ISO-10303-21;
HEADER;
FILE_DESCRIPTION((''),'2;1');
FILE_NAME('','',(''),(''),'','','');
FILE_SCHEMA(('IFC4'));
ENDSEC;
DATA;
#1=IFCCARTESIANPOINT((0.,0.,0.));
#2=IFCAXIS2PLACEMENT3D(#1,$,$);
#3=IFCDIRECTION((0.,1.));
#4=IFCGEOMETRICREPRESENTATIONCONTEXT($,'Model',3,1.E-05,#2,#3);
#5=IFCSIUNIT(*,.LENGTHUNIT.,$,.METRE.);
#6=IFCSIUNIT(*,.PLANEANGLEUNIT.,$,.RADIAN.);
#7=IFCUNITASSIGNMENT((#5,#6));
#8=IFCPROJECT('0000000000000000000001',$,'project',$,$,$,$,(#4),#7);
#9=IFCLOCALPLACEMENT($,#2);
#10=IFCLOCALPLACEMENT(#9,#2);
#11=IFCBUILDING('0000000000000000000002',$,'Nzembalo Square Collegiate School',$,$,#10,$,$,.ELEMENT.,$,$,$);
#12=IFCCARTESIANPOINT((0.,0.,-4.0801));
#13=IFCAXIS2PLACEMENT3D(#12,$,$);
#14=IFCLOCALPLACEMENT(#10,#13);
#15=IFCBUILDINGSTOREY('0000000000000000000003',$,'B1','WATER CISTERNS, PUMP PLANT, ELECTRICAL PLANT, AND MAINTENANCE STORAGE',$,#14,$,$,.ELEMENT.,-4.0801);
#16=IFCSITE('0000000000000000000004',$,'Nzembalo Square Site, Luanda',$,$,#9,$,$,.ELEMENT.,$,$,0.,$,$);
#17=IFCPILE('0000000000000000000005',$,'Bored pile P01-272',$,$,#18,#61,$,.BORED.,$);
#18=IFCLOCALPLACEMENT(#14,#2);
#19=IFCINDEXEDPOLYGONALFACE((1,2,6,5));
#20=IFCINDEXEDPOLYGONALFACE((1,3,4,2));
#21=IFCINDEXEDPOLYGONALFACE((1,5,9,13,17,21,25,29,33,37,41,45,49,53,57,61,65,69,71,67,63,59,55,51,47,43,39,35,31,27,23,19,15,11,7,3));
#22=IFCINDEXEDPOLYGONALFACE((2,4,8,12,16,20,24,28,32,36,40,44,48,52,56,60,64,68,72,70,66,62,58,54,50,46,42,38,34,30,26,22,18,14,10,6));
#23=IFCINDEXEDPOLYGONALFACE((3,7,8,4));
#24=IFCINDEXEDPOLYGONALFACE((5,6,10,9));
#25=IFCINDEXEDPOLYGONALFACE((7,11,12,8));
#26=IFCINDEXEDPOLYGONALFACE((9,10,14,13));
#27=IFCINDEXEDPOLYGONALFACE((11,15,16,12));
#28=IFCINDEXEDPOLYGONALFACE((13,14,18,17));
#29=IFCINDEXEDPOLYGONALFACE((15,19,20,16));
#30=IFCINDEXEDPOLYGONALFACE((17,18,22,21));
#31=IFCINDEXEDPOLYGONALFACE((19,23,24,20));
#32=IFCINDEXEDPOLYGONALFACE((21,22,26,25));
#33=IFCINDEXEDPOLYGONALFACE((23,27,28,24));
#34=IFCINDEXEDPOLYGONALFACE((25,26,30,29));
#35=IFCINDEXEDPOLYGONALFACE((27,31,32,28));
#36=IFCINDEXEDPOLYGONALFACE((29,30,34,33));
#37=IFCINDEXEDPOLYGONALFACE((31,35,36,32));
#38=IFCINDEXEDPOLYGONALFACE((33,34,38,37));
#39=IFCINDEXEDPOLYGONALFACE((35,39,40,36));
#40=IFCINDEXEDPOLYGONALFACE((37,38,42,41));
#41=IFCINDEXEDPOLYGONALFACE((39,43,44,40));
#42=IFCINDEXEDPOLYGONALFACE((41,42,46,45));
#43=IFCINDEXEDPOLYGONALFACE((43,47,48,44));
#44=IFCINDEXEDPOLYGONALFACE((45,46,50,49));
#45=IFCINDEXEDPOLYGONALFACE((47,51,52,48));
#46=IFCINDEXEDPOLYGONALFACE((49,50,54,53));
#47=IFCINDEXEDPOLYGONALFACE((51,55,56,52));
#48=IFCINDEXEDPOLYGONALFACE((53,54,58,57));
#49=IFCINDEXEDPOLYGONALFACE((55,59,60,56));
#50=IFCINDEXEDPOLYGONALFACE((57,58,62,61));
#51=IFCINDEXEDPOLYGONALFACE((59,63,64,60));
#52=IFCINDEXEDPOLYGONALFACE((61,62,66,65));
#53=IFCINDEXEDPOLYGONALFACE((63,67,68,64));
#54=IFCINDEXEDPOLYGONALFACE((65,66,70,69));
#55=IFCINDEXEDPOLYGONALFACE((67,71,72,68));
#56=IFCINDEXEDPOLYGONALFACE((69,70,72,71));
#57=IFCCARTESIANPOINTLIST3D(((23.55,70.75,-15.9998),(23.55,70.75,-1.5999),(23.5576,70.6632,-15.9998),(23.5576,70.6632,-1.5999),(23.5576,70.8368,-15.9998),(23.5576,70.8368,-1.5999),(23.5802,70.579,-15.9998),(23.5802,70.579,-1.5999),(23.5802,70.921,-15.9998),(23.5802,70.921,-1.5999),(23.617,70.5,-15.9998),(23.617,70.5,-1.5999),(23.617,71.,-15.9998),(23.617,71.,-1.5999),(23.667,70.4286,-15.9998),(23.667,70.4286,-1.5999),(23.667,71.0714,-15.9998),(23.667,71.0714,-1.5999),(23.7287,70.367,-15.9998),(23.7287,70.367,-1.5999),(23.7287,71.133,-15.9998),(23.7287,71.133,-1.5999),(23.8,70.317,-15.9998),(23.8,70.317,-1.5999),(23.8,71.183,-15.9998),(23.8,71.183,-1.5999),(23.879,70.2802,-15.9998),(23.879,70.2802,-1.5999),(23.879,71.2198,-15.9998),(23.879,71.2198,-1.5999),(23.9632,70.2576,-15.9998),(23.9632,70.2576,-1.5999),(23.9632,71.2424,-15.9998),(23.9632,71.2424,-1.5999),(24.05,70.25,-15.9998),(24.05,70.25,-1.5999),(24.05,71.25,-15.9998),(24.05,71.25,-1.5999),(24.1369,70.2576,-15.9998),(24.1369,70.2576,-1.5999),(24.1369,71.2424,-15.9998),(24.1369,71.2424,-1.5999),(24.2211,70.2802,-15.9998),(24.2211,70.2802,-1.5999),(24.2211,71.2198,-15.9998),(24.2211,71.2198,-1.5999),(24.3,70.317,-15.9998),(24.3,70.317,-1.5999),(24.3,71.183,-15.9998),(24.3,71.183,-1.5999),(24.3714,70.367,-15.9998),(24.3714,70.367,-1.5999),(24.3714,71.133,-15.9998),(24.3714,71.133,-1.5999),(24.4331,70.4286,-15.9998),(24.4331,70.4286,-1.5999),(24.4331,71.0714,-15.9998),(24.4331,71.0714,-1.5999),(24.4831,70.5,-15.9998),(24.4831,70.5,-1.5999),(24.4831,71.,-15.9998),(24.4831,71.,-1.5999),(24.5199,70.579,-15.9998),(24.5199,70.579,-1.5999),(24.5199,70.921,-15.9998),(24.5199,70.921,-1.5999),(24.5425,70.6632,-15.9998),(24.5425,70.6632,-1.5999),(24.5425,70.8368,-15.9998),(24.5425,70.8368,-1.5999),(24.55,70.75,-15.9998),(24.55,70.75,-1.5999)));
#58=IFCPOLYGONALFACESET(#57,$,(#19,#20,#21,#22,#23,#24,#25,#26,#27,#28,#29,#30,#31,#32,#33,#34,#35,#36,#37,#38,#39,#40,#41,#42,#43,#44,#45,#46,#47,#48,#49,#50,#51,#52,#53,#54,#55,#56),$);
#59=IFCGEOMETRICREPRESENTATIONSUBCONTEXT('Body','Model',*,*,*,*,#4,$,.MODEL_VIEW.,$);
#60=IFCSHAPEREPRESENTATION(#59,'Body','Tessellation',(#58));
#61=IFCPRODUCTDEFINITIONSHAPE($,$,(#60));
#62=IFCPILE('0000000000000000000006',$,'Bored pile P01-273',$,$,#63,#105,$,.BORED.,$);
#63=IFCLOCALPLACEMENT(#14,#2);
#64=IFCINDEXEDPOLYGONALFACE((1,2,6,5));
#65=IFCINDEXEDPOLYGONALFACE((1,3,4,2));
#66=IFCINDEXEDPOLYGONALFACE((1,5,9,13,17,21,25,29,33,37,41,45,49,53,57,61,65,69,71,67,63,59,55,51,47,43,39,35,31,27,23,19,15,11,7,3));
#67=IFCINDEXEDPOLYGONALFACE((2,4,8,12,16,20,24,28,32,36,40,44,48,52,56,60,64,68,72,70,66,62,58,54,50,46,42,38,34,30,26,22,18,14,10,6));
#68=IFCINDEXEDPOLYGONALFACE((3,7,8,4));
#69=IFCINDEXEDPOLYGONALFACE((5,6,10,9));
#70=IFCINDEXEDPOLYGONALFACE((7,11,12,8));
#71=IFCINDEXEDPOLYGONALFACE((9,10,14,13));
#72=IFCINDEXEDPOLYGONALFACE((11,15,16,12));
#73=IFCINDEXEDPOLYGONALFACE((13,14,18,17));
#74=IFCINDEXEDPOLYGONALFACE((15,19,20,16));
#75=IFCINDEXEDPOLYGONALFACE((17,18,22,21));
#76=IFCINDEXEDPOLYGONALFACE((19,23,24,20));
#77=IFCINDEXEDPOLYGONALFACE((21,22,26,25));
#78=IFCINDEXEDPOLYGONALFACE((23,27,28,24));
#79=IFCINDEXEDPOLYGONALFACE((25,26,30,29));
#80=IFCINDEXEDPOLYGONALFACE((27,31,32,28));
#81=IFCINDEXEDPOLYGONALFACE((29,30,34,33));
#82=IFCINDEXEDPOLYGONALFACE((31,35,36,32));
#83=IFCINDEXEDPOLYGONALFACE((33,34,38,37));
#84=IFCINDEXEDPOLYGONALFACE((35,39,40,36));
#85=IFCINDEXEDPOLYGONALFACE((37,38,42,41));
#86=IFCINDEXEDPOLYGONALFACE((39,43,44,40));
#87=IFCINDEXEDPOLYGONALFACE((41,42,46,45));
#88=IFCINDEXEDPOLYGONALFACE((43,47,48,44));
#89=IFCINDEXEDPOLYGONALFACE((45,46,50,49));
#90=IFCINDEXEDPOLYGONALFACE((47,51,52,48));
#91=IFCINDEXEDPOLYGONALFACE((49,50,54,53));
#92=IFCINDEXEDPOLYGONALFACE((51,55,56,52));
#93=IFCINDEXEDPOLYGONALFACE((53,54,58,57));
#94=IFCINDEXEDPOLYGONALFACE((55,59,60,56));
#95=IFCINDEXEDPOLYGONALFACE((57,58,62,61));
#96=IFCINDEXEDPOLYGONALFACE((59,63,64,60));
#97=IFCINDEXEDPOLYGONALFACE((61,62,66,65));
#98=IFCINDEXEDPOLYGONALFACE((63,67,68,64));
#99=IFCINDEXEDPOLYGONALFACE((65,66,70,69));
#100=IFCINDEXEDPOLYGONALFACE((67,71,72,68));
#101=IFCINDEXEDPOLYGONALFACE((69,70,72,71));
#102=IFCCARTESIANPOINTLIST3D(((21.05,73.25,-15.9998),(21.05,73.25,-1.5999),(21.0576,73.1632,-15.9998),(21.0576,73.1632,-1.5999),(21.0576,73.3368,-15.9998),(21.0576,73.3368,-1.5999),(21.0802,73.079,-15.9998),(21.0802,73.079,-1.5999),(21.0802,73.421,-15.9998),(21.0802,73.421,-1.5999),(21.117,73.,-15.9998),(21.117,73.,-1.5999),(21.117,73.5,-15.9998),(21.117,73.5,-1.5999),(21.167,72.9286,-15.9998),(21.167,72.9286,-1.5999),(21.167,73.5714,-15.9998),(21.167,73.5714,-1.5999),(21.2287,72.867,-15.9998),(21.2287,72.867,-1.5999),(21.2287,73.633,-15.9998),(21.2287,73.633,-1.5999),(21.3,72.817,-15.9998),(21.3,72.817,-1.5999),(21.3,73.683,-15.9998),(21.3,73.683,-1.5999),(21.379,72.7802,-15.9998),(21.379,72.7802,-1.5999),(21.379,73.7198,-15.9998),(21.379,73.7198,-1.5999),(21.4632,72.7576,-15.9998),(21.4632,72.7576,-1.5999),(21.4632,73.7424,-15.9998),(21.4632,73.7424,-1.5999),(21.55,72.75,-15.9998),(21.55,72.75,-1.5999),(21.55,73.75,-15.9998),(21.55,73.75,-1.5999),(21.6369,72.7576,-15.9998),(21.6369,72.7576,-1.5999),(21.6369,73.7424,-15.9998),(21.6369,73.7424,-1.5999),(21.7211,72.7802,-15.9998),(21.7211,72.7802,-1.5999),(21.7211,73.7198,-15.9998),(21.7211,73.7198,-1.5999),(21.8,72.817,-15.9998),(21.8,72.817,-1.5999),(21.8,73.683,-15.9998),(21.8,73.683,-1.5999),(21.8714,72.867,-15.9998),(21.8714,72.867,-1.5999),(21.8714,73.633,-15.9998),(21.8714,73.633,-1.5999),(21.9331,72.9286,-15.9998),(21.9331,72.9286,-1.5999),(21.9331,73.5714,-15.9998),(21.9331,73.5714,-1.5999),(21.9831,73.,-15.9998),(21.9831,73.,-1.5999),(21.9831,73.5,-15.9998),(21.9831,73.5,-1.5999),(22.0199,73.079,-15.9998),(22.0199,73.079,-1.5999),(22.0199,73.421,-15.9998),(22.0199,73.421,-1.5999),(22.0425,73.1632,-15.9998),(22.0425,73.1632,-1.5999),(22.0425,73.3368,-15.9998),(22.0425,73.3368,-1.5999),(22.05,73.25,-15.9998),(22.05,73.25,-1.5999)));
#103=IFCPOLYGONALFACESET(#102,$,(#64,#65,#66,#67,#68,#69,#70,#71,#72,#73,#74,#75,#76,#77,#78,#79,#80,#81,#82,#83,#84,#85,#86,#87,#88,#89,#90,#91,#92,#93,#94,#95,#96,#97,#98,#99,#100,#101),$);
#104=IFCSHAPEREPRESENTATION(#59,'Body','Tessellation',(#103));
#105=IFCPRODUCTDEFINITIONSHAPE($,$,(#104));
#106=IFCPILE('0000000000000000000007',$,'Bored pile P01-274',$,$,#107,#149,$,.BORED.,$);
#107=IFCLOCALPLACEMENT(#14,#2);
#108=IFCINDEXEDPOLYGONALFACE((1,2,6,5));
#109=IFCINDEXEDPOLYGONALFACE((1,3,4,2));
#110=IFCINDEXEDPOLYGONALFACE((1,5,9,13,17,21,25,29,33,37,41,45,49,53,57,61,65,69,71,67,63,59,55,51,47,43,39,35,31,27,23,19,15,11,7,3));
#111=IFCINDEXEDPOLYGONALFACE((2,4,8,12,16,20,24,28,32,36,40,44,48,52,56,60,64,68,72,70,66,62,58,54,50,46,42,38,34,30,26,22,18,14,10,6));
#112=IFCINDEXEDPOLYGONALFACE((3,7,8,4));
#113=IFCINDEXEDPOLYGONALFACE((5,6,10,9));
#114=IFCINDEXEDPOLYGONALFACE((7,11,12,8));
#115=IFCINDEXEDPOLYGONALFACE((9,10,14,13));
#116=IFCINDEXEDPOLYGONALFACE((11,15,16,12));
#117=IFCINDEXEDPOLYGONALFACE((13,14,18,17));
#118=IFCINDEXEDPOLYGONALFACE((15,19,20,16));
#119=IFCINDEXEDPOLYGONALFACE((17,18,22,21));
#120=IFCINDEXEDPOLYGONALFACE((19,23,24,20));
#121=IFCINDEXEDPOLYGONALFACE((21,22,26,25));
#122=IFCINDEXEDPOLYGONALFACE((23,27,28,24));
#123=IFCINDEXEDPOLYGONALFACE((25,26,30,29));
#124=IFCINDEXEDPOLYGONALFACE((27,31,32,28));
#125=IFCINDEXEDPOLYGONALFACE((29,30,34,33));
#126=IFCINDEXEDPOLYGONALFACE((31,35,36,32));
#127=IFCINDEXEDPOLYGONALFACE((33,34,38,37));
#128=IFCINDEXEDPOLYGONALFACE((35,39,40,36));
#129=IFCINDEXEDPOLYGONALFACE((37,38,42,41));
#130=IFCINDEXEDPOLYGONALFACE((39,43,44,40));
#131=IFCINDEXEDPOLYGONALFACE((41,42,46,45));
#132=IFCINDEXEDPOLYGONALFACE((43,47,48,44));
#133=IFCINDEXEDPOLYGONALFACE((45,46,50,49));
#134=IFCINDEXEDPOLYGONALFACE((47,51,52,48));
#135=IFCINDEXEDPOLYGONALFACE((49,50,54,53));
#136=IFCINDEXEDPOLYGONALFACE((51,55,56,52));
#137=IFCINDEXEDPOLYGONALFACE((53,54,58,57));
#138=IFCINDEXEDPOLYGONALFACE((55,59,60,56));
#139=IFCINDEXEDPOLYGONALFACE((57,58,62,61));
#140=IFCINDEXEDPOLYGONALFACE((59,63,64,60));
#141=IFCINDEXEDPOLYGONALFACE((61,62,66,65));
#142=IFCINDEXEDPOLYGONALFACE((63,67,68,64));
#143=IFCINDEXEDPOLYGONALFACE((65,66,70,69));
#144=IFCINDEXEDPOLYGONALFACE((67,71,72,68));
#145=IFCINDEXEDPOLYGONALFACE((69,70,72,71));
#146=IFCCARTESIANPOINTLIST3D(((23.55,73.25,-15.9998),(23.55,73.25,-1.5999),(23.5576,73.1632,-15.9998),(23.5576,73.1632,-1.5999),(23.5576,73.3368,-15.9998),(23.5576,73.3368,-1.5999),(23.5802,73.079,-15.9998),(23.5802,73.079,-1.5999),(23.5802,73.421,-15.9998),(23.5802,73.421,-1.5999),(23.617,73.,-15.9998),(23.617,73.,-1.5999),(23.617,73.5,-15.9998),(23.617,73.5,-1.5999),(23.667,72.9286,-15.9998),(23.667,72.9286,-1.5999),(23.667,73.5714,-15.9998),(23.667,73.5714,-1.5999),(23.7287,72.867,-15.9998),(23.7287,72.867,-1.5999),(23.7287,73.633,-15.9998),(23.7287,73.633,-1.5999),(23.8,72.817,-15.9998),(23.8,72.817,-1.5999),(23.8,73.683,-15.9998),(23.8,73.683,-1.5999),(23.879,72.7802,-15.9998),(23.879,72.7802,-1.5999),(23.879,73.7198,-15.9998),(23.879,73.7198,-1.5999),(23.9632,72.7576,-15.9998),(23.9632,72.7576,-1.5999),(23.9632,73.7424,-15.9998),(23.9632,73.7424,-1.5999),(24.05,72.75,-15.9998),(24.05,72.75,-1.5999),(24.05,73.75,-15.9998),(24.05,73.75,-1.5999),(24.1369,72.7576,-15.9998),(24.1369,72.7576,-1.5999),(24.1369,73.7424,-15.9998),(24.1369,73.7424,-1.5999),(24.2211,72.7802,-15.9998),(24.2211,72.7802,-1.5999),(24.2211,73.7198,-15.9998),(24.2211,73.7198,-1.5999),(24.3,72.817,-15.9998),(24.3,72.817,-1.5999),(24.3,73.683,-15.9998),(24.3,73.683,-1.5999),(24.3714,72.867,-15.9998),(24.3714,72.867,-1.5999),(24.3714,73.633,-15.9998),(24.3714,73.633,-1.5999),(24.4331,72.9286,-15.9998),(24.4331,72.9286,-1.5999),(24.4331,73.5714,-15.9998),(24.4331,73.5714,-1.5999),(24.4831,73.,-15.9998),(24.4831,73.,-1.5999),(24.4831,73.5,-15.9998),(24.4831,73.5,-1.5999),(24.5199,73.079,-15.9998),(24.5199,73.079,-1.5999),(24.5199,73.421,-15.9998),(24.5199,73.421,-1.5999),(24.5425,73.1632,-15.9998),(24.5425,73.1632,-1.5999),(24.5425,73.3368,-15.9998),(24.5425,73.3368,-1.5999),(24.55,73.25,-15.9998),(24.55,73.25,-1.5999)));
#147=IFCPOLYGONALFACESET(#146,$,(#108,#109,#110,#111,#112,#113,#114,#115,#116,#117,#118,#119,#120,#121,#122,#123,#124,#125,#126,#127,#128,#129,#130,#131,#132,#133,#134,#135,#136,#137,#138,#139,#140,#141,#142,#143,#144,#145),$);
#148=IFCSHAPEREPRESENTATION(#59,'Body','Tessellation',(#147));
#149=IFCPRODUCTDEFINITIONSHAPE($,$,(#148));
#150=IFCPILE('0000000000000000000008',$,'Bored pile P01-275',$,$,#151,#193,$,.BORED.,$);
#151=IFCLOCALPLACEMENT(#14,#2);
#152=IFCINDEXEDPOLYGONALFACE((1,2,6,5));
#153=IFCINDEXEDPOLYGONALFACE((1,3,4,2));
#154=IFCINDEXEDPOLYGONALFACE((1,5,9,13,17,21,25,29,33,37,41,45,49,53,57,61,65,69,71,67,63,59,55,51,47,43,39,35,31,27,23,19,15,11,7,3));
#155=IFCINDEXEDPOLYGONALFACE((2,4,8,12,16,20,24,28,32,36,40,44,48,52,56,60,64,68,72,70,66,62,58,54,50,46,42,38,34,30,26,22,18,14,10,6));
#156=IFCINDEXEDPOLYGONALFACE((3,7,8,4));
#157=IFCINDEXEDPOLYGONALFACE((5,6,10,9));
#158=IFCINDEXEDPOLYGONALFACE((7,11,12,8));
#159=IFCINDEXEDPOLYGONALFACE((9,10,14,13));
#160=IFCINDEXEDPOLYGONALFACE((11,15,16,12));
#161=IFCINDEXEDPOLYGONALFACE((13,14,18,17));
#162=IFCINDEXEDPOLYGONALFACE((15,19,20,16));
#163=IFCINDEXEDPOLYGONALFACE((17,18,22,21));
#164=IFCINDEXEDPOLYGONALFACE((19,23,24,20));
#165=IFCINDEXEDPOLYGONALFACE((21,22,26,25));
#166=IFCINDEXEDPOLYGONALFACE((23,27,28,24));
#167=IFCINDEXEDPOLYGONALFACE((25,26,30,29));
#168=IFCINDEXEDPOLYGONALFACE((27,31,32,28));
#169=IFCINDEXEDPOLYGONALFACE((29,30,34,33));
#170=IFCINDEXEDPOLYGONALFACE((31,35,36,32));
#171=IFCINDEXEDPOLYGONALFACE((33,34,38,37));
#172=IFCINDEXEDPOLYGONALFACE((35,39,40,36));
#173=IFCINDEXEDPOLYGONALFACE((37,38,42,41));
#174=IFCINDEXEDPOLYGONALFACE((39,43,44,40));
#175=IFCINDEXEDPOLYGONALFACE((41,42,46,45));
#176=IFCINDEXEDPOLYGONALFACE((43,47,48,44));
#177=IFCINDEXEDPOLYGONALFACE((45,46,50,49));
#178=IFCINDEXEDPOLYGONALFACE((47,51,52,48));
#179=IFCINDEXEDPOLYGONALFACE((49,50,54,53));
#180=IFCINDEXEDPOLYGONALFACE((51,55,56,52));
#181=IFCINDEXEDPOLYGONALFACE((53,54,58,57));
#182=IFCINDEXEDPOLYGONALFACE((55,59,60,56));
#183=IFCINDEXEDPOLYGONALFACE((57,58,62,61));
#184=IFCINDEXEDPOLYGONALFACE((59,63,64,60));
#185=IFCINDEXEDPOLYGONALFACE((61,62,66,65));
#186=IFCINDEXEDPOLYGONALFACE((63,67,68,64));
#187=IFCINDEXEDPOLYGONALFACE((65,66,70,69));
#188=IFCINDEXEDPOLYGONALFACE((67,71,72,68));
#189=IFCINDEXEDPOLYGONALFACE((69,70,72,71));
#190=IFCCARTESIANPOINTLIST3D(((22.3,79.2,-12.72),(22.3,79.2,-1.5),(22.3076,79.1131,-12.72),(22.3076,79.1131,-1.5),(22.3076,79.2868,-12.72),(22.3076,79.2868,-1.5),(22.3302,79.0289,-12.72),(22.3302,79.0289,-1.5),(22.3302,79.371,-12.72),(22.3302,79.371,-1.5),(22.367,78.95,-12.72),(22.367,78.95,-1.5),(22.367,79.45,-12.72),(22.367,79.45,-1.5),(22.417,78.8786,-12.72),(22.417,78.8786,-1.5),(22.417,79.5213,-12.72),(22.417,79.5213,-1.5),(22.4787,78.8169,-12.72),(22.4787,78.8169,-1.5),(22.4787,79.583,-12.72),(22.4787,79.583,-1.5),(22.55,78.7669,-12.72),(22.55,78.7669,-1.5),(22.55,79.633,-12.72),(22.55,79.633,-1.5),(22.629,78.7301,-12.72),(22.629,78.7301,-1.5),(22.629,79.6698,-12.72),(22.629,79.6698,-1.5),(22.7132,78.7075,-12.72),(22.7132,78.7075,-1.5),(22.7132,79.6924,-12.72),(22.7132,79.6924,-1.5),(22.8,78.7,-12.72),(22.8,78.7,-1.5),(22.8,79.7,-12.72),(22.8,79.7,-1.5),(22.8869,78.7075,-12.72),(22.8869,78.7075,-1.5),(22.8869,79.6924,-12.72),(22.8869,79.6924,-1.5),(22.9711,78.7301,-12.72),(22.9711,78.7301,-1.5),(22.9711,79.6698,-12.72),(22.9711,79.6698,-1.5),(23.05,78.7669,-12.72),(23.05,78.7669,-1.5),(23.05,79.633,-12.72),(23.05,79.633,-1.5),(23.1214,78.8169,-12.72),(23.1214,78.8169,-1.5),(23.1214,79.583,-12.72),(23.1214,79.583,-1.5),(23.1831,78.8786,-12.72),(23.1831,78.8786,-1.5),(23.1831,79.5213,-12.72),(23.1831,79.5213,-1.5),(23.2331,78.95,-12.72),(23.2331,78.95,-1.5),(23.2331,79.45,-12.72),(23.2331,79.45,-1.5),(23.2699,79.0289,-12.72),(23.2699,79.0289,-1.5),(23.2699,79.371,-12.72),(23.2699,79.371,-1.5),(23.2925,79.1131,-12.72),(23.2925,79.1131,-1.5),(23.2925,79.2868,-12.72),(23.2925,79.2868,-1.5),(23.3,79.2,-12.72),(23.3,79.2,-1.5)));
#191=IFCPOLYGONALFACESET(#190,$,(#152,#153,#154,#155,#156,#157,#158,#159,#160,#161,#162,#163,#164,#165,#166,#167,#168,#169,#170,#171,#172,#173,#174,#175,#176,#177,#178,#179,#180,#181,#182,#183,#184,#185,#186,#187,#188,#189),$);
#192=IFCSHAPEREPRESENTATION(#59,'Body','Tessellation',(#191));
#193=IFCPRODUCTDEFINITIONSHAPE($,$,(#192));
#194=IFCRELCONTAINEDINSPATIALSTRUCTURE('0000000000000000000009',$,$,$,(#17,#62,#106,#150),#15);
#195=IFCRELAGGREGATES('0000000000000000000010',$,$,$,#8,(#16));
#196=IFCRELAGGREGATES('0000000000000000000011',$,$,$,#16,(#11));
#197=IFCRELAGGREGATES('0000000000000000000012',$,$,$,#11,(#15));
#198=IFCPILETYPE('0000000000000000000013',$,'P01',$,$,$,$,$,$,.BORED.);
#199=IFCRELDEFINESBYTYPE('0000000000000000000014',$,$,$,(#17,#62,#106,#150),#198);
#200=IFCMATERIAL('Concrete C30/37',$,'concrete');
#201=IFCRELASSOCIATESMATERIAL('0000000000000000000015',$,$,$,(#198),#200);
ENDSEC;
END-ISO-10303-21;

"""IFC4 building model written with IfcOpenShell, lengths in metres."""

from ifc_helpers import new_model, si_unit, direction, frame, origin, origin_2d, place, context, subcontext, project, spatial, circle, extrude, material, material_profile, profile_set, type_object, element, save


model = new_model("IFC4")

# Units and contexts
model_context = context("Model", 3, precision=1e-05, world=origin(), true_north=direction((0.0, 1.0)))
body_context = subcontext(model_context, "Body", "Model", "MODEL_VIEW")
ifc_project = project(units=[si_unit("LENGTHUNIT", "METRE"), si_unit("PLANEANGLEUNIT", "RADIAN")], contexts=[model_context])

# Site, building, storey
site_placement = place(None, origin())
site = spatial("IfcSite", under=ifc_project, at=site_placement, Name="Nzembalo Square Site, Luanda", CompositionType="ELEMENT", RefElevation=0.0)
building_placement = place(site_placement, origin())
building = spatial("IfcBuilding", under=site, at=building_placement, Name="Nzembalo Square Collegiate School", CompositionType="ELEMENT")
storey_placement = place(building_placement, frame((0.0, 0.0, -4.0801)))
storey = spatial("IfcBuildingStorey", under=building, at=storey_placement, Name="B1", Description="WATER CISTERNS, PUMP PLANT, ELECTRICAL PLANT, AND MAINTENANCE STORAGE", CompositionType="ELEMENT", Elevation=-4.0801)

# Piles
ifc_material_1 = material(Name="Concrete C30/37", Category="concrete")
ifc_material_profile_1 = material_profile(ifc_material_1, circle(Radius=0.5, at=origin_2d()), Name="PILE D1000")
ifc_profile_set_1 = profile_set([ifc_material_profile_1], Name="Concrete C30/37")
pile_type = type_object("IfcPileType", Name="P01", PredefinedType="BORED", material=ifc_profile_set_1)
for number, where, z_axis, x_axis, name in (
    (1, (24.05, 70.75, -1.5999), (0.0, 0.0, -1.0), (1.0, 0.0, 0.0), "Bored pile P01-272"),
    (2, (21.55, 73.25, -1.5999), (0.0, 0.0, -1.0), (1.0, 0.0, 0.0), "Bored pile P01-273"),
    (3, (24.05, 73.25, -1.5999), (0.0, 0.0, -1.0), (1.0, 0.0, 0.0), "Bored pile P01-274"),
):
    element("IfcPile", number, at=place(storey_placement, frame(where, z_axis=z_axis, x_axis=x_axis)), inside=storey, type_object=pile_type, Name=name, PredefinedType="BORED", context=body_context, shape_type="SweptSolid", body=[
        extrude(circle(Radius=0.5, at=origin_2d()), origin(), (0.0, 0.0, 1.0), 14.3999),
    ])
for number, where, z_axis, x_axis, name in (
    (4, (22.8, 79.2, -1.5), (0.0, 0.0, -1.0), (1.0, 0.0, 0.0), "Bored pile P01-275"),
):
    element("IfcPile", number, at=place(storey_placement, frame(where, z_axis=z_axis, x_axis=x_axis)), inside=storey, type_object=pile_type, Name=name, PredefinedType="BORED", context=body_context, shape_type="SweptSolid", body=[
        extrude(circle(Radius=0.5, at=origin_2d()), origin(), (0.0, 0.0, 1.0), 11.22),
    ])

save(model, "model.ifc")
